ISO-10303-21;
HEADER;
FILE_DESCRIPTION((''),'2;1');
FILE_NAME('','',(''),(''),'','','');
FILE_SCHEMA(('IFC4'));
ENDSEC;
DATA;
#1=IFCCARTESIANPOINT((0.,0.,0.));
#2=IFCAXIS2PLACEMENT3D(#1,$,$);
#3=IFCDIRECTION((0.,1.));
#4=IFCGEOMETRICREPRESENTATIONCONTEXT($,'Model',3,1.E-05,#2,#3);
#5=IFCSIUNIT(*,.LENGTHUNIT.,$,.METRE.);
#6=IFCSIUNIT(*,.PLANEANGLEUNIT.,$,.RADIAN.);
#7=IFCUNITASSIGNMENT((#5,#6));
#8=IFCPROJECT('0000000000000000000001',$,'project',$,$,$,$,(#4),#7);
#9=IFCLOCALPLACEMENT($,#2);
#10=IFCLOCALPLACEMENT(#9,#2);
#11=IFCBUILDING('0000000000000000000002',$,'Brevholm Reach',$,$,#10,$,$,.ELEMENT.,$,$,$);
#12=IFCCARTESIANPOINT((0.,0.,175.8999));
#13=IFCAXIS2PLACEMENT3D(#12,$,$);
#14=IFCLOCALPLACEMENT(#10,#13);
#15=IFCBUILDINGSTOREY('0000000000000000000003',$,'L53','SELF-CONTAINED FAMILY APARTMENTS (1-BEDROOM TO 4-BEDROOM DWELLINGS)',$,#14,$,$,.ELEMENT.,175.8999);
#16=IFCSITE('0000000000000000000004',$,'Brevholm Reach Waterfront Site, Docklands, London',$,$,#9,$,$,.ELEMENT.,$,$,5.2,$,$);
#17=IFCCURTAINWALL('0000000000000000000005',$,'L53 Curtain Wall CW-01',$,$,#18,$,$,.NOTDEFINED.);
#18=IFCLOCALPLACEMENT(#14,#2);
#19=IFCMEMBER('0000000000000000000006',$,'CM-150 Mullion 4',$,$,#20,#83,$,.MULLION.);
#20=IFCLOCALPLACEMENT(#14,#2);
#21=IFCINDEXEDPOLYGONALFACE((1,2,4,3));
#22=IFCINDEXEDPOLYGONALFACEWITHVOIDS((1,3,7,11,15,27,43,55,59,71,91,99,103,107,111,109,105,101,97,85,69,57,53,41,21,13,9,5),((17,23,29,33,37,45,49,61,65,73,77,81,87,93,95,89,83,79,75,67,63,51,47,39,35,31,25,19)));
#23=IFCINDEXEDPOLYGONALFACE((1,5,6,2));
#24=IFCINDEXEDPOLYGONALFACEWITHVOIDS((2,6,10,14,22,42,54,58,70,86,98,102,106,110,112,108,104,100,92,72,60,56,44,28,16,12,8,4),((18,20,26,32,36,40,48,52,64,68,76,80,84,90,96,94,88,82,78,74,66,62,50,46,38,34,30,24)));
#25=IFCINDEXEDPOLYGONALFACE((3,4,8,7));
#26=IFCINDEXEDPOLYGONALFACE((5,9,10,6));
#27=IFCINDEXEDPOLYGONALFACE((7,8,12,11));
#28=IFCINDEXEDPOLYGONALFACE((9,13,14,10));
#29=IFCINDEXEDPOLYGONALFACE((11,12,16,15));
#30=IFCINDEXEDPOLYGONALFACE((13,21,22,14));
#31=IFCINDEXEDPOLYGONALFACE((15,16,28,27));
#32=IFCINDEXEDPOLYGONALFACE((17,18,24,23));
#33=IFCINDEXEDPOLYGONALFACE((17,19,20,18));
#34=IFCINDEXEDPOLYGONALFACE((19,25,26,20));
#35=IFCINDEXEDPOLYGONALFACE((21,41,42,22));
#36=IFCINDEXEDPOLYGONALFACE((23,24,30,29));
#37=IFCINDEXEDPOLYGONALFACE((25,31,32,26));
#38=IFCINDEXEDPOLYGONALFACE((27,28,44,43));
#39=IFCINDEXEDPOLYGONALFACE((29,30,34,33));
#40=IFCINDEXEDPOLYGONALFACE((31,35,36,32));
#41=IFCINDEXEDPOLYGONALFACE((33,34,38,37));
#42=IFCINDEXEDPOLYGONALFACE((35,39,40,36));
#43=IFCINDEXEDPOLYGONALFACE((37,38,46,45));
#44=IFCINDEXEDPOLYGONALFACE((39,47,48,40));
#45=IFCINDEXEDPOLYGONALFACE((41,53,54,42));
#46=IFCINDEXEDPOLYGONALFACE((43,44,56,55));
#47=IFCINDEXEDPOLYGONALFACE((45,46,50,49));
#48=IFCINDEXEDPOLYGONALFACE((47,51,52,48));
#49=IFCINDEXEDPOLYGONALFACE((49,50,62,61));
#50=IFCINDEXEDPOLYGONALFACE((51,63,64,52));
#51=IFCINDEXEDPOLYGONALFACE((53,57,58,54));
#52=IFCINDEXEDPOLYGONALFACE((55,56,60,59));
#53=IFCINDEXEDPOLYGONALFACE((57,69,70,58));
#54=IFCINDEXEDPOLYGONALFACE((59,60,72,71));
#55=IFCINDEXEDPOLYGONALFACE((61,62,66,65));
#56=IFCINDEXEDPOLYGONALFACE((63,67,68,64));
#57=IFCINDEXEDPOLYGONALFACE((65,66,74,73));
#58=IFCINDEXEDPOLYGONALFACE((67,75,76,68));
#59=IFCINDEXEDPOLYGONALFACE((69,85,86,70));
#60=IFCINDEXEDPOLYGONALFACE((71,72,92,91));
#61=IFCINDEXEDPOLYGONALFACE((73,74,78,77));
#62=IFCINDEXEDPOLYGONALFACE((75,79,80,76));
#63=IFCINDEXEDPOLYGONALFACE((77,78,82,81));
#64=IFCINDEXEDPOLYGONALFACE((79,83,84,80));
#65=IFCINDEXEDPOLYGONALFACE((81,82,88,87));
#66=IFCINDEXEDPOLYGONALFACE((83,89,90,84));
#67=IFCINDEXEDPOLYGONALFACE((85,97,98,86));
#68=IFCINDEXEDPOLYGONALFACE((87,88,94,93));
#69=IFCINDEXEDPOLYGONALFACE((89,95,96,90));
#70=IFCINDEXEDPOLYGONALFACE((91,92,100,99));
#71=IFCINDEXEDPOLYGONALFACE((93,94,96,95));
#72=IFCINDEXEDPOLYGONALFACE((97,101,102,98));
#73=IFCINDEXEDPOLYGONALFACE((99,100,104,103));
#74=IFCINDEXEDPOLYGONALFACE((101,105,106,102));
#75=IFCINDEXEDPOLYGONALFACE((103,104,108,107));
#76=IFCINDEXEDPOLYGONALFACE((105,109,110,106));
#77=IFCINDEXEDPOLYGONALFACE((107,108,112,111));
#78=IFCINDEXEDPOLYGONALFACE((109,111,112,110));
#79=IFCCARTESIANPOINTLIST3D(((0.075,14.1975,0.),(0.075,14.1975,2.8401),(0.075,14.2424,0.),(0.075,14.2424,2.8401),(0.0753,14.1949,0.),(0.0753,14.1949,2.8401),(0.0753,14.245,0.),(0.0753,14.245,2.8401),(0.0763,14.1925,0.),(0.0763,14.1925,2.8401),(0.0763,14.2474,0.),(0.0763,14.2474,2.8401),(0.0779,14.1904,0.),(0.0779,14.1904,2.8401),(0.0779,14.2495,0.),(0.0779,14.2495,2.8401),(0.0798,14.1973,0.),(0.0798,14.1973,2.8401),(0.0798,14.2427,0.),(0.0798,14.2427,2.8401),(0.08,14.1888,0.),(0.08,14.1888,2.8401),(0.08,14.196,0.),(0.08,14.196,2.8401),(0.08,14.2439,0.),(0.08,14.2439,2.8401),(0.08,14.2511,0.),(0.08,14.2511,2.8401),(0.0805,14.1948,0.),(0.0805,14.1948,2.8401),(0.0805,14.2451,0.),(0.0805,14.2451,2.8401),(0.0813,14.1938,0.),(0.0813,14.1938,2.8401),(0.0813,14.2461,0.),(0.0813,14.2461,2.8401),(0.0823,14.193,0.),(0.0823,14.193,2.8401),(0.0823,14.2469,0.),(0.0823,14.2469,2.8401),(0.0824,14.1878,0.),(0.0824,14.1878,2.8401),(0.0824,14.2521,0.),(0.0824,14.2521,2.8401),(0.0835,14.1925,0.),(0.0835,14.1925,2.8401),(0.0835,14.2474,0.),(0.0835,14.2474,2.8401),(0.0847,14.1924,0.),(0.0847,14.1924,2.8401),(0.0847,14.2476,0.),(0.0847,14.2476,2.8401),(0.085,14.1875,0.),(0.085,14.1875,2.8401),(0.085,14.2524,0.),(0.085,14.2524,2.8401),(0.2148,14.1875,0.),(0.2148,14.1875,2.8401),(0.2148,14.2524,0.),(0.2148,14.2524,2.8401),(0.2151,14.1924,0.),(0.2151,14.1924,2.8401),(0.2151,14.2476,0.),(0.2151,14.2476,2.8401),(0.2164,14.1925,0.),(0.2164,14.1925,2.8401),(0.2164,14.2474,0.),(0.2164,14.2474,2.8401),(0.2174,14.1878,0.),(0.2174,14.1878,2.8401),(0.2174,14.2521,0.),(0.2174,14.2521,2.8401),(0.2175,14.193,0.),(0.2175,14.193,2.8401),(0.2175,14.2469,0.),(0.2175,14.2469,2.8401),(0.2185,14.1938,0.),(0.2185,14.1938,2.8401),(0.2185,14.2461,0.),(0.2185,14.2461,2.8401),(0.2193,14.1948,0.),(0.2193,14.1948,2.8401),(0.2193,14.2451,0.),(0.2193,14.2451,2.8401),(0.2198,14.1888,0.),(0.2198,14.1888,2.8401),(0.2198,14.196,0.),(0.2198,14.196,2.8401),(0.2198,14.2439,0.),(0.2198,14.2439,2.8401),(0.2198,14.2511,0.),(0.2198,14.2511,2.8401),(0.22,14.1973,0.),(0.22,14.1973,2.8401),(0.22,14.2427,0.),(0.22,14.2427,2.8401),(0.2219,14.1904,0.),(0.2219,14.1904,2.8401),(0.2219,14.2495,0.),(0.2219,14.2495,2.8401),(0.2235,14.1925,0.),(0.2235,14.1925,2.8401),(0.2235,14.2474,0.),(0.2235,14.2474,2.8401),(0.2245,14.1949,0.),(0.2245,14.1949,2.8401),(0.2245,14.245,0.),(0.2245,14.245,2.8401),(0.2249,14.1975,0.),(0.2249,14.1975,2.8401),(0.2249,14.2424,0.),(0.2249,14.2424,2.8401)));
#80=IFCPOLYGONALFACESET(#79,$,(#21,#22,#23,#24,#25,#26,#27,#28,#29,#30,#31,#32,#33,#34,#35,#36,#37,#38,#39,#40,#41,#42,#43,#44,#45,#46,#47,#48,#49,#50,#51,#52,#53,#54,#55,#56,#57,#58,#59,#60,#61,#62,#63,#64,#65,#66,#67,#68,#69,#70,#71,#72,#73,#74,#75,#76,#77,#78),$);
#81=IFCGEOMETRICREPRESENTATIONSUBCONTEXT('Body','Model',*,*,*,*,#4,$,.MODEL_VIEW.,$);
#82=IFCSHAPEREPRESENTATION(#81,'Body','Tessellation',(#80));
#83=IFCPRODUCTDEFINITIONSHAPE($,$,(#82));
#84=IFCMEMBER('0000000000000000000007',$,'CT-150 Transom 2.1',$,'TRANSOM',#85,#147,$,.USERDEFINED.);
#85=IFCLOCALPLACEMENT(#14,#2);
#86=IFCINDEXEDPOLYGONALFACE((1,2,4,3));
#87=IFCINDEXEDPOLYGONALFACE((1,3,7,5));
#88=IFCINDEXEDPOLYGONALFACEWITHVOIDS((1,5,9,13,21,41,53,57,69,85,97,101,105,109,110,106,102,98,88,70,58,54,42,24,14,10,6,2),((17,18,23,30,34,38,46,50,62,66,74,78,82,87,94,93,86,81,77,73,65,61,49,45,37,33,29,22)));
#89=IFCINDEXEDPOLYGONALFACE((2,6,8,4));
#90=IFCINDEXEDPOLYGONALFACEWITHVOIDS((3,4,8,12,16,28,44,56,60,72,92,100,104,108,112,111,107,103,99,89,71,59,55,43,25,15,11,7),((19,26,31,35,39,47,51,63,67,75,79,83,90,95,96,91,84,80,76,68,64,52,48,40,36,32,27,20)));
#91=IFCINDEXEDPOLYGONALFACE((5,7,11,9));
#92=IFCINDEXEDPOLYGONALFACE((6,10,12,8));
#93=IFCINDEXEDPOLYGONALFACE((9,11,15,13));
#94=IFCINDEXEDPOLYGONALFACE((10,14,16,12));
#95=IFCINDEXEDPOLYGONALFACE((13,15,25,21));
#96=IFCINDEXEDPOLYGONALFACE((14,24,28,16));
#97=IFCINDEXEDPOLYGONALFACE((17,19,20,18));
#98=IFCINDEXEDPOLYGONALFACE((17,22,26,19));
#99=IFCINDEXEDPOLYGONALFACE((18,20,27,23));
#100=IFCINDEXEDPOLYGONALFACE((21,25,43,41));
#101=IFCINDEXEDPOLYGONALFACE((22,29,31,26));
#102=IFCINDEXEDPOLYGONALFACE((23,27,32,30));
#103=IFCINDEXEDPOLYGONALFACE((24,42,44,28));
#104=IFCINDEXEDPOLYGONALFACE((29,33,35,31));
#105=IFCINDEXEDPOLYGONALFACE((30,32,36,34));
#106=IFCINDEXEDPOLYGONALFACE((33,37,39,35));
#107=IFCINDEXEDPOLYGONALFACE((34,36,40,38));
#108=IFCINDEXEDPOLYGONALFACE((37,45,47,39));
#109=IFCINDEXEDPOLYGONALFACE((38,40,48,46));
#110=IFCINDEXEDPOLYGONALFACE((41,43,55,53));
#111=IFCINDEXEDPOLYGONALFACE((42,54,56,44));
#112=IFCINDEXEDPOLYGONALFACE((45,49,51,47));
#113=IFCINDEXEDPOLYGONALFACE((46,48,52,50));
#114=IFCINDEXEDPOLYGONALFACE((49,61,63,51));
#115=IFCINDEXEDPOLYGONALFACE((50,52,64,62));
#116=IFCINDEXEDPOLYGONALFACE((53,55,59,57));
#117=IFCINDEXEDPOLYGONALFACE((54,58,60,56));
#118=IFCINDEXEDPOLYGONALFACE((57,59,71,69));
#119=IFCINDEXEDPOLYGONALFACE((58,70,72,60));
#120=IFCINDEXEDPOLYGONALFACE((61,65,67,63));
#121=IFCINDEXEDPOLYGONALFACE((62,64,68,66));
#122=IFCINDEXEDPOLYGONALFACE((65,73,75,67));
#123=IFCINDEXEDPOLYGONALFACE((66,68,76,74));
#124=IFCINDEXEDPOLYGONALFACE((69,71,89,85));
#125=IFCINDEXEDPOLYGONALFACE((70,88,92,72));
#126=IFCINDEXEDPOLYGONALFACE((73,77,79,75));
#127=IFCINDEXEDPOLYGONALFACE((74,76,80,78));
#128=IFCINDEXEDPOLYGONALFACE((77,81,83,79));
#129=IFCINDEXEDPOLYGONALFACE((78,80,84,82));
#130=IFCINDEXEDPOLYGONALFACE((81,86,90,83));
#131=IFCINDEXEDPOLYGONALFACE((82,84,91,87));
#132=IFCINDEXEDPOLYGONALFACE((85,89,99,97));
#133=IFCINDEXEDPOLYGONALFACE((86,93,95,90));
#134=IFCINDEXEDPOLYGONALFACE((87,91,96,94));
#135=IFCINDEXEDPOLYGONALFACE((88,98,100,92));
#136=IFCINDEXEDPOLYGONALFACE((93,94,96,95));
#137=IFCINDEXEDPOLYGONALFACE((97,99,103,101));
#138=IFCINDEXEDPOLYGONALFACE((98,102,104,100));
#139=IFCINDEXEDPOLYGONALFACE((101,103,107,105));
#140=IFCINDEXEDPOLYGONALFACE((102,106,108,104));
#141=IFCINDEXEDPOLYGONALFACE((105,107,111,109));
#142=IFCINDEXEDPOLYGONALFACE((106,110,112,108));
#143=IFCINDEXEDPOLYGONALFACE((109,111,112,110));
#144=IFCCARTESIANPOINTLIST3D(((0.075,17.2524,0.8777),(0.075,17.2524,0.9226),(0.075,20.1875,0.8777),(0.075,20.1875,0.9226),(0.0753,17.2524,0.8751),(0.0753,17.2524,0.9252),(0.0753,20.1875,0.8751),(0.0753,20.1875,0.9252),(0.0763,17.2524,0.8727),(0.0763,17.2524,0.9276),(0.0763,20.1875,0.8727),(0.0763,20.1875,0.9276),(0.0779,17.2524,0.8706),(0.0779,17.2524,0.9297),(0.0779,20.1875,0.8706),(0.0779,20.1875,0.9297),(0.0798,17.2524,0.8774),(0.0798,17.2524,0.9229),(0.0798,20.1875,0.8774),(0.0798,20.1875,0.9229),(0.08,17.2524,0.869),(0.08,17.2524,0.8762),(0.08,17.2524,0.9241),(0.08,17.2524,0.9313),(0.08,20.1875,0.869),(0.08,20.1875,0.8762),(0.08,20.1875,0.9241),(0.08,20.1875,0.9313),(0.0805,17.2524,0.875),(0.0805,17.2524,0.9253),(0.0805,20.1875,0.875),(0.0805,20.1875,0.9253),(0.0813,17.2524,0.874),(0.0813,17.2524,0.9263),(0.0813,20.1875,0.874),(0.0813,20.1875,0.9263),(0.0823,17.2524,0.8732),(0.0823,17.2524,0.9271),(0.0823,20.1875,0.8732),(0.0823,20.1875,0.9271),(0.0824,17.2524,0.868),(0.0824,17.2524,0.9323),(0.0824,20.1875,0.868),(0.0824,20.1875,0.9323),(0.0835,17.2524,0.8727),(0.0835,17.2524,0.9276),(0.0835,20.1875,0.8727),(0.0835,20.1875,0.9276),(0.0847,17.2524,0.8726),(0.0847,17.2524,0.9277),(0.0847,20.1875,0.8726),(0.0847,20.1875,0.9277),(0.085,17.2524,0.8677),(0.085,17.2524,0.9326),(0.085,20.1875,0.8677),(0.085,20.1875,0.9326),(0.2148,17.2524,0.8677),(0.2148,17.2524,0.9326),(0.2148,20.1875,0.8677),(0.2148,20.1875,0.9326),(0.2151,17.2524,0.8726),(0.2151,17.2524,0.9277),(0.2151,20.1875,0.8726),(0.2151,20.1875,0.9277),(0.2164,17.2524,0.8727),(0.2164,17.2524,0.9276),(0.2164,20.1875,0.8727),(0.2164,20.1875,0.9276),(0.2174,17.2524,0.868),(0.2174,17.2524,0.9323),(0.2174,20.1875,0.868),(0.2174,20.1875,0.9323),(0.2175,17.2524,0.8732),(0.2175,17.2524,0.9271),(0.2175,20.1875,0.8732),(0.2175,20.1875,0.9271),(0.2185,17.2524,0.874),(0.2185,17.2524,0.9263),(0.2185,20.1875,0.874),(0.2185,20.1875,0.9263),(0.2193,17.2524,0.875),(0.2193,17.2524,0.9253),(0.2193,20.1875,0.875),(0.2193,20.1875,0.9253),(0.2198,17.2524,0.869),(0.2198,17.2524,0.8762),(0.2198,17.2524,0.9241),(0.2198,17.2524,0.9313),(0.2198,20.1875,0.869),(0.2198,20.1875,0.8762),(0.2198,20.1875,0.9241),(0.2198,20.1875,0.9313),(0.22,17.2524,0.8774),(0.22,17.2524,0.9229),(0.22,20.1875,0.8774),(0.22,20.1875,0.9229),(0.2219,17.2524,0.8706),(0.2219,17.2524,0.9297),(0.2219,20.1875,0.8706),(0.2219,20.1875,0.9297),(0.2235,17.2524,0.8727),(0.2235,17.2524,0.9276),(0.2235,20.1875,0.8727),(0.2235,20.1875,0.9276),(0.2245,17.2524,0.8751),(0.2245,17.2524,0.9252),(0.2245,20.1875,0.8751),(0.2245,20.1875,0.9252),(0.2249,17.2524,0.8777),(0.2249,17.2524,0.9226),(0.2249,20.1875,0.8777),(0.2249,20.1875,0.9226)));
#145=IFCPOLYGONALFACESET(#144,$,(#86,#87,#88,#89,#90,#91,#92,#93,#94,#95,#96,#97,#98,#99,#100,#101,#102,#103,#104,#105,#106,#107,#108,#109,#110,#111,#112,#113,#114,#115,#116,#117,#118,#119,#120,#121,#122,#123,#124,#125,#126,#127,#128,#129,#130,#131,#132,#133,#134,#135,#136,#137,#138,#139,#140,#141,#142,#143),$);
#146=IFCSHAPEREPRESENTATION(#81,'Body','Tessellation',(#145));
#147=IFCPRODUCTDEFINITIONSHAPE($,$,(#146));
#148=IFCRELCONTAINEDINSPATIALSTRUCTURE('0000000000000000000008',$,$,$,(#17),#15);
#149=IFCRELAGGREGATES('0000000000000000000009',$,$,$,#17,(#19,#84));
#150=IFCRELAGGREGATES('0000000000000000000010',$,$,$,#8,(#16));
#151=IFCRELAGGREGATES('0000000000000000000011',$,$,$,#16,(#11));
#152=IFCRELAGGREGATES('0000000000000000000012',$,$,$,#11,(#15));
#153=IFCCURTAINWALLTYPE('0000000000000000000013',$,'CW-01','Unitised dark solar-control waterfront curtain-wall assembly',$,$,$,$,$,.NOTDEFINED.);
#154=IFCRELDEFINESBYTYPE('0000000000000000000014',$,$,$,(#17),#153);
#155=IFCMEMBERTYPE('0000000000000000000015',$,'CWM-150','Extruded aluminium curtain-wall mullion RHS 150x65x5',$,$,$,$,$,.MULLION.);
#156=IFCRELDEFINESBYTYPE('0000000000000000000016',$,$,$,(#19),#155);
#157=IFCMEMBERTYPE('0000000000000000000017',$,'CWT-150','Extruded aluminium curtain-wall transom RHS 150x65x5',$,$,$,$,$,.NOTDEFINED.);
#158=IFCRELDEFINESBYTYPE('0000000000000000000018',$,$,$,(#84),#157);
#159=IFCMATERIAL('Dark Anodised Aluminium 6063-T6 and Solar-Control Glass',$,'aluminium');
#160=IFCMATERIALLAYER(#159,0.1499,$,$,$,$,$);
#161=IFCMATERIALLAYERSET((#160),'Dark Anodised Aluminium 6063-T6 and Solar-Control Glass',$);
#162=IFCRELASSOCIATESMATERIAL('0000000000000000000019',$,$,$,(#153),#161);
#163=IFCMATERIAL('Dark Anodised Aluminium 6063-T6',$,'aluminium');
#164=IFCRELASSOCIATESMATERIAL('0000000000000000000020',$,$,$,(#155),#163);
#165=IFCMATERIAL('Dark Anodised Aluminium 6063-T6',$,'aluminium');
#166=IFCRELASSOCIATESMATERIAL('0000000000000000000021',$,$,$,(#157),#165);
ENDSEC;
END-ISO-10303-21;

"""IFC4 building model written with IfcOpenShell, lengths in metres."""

from ifc_helpers import new_model, si_unit, direction, frame, origin, origin_2d, place, context, subcontext, project, spatial, hollow_rectangle, extrude, material, layer, layer_set, material_profile, profile_set, type_object, element, aggregate, save


model = new_model("IFC4")

# Units and contexts
model_context = context("Model", 3, precision=1e-05, world=origin(), true_north=direction((0.0, 1.0)))
body_context = subcontext(model_context, "Body", "Model", "MODEL_VIEW")
ifc_project = project(units=[si_unit("LENGTHUNIT", "METRE"), si_unit("PLANEANGLEUNIT", "RADIAN")], contexts=[model_context])

# Site, building, storey
site_placement = place(None, origin())
site = spatial("IfcSite", under=ifc_project, at=site_placement, Name="Brevholm Reach Waterfront Site, Docklands, London", CompositionType="ELEMENT", RefElevation=5.2)
building_placement = place(site_placement, origin())
building = spatial("IfcBuilding", under=site, at=building_placement, Name="Brevholm Reach", CompositionType="ELEMENT")
storey_placement = place(building_placement, frame((0.0, 0.0, 175.8999)))
storey = spatial("IfcBuildingStorey", under=building, at=storey_placement, Name="L53", Description="SELF-CONTAINED FAMILY APARTMENTS (1-BEDROOM TO 4-BEDROOM DWELLINGS)", CompositionType="ELEMENT", Elevation=175.8999)

# Curtain wall, members
ifc_material_1 = material(Name="Dark Anodised Aluminium 6063-T6 and Solar-Control Glass", Category="aluminium")
ifc_layer_1 = layer(ifc_material_1, 0.1499)
ifc_layer_set_1 = layer_set([ifc_layer_1], Name="Dark Anodised Aluminium 6063-T6 and Solar-Control Glass")
curtain_wall_type = type_object("IfcCurtainWallType", Name="CW-01", Description="Unitised dark solar-control waterfront curtain-wall assembly", PredefinedType="NOTDEFINED", material=ifc_layer_set_1)
curtain_wall_placement = place(storey_placement, origin())
curtain_wall = element("IfcCurtainWall", 1, at=curtain_wall_placement, inside=storey, type_object=curtain_wall_type, Name="L53 Curtain Wall CW-01", PredefinedType="NOTDEFINED")
ifc_material_2 = material(Name="Dark Anodised Aluminium 6063-T6", Category="aluminium")
ifc_material_profile_1 = material_profile(ifc_material_2, hollow_rectangle(XDim=0.0649, YDim=0.1499, WallThickness=0.0049, InnerFilletRadius=0.0049, OuterFilletRadius=0.01, at=origin_2d()), Name="RHS 150x65x5")
ifc_profile_set_1 = profile_set([ifc_material_profile_1], Name="Dark Anodised Aluminium 6063-T6")
member_type_1 = type_object("IfcMemberType", Name="CWM-150", Description="Extruded aluminium curtain-wall mullion RHS 150x65x5", PredefinedType="MULLION", material=ifc_profile_set_1)
member_1_placement = place(storey_placement, frame((0.1499, 14.22, 0.0), z_axis=(0.0, 0.0, 1.0), x_axis=(0.0, -1.0, 0.0)))
member_1 = element("IfcMember", 2, at=member_1_placement, type_object=member_type_1, Name="CM-150 Mullion 4", PredefinedType="MULLION", context=body_context, shape_type="SweptSolid", body=[
    extrude(hollow_rectangle(XDim=0.0649, YDim=0.1499, WallThickness=0.0049, InnerFilletRadius=0.0049, OuterFilletRadius=0.01, at=origin_2d()), origin(), (0.0, 0.0, 1.0), 2.8401),
])
ifc_material_3 = material(Name="Dark Anodised Aluminium 6063-T6", Category="aluminium")
ifc_material_profile_2 = material_profile(ifc_material_3, hollow_rectangle(XDim=0.0649, YDim=0.1499, WallThickness=0.0049, InnerFilletRadius=0.0049, OuterFilletRadius=0.01, at=origin_2d()), Name="RHS 150x65x5")
ifc_profile_set_2 = profile_set([ifc_material_profile_2], Name="Dark Anodised Aluminium 6063-T6")
member_type_2 = type_object("IfcMemberType", Name="CWT-150", Description="Extruded aluminium curtain-wall transom RHS 150x65x5", PredefinedType="NOTDEFINED", material=ifc_profile_set_2)
member_2_placement = place(storey_placement, frame((0.1499, 20.1875, 0.9001), z_axis=(0.0, -1.0, 0.0), x_axis=(0.0, 0.0, 1.0)))
member_2 = element("IfcMember", 3, at=member_2_placement, type_object=member_type_2, Name="CT-150 Transom 2.1", ObjectType="TRANSOM", PredefinedType="USERDEFINED", context=body_context, shape_type="SweptSolid", body=[
    extrude(hollow_rectangle(XDim=0.0649, YDim=0.1499, WallThickness=0.0049, InnerFilletRadius=0.0049, OuterFilletRadius=0.01, at=origin_2d()), origin(), (0.0, 0.0, 1.0), 2.9351),
])
aggregate(curtain_wall, [member_1, member_2])

save(model, "model.ifc")
